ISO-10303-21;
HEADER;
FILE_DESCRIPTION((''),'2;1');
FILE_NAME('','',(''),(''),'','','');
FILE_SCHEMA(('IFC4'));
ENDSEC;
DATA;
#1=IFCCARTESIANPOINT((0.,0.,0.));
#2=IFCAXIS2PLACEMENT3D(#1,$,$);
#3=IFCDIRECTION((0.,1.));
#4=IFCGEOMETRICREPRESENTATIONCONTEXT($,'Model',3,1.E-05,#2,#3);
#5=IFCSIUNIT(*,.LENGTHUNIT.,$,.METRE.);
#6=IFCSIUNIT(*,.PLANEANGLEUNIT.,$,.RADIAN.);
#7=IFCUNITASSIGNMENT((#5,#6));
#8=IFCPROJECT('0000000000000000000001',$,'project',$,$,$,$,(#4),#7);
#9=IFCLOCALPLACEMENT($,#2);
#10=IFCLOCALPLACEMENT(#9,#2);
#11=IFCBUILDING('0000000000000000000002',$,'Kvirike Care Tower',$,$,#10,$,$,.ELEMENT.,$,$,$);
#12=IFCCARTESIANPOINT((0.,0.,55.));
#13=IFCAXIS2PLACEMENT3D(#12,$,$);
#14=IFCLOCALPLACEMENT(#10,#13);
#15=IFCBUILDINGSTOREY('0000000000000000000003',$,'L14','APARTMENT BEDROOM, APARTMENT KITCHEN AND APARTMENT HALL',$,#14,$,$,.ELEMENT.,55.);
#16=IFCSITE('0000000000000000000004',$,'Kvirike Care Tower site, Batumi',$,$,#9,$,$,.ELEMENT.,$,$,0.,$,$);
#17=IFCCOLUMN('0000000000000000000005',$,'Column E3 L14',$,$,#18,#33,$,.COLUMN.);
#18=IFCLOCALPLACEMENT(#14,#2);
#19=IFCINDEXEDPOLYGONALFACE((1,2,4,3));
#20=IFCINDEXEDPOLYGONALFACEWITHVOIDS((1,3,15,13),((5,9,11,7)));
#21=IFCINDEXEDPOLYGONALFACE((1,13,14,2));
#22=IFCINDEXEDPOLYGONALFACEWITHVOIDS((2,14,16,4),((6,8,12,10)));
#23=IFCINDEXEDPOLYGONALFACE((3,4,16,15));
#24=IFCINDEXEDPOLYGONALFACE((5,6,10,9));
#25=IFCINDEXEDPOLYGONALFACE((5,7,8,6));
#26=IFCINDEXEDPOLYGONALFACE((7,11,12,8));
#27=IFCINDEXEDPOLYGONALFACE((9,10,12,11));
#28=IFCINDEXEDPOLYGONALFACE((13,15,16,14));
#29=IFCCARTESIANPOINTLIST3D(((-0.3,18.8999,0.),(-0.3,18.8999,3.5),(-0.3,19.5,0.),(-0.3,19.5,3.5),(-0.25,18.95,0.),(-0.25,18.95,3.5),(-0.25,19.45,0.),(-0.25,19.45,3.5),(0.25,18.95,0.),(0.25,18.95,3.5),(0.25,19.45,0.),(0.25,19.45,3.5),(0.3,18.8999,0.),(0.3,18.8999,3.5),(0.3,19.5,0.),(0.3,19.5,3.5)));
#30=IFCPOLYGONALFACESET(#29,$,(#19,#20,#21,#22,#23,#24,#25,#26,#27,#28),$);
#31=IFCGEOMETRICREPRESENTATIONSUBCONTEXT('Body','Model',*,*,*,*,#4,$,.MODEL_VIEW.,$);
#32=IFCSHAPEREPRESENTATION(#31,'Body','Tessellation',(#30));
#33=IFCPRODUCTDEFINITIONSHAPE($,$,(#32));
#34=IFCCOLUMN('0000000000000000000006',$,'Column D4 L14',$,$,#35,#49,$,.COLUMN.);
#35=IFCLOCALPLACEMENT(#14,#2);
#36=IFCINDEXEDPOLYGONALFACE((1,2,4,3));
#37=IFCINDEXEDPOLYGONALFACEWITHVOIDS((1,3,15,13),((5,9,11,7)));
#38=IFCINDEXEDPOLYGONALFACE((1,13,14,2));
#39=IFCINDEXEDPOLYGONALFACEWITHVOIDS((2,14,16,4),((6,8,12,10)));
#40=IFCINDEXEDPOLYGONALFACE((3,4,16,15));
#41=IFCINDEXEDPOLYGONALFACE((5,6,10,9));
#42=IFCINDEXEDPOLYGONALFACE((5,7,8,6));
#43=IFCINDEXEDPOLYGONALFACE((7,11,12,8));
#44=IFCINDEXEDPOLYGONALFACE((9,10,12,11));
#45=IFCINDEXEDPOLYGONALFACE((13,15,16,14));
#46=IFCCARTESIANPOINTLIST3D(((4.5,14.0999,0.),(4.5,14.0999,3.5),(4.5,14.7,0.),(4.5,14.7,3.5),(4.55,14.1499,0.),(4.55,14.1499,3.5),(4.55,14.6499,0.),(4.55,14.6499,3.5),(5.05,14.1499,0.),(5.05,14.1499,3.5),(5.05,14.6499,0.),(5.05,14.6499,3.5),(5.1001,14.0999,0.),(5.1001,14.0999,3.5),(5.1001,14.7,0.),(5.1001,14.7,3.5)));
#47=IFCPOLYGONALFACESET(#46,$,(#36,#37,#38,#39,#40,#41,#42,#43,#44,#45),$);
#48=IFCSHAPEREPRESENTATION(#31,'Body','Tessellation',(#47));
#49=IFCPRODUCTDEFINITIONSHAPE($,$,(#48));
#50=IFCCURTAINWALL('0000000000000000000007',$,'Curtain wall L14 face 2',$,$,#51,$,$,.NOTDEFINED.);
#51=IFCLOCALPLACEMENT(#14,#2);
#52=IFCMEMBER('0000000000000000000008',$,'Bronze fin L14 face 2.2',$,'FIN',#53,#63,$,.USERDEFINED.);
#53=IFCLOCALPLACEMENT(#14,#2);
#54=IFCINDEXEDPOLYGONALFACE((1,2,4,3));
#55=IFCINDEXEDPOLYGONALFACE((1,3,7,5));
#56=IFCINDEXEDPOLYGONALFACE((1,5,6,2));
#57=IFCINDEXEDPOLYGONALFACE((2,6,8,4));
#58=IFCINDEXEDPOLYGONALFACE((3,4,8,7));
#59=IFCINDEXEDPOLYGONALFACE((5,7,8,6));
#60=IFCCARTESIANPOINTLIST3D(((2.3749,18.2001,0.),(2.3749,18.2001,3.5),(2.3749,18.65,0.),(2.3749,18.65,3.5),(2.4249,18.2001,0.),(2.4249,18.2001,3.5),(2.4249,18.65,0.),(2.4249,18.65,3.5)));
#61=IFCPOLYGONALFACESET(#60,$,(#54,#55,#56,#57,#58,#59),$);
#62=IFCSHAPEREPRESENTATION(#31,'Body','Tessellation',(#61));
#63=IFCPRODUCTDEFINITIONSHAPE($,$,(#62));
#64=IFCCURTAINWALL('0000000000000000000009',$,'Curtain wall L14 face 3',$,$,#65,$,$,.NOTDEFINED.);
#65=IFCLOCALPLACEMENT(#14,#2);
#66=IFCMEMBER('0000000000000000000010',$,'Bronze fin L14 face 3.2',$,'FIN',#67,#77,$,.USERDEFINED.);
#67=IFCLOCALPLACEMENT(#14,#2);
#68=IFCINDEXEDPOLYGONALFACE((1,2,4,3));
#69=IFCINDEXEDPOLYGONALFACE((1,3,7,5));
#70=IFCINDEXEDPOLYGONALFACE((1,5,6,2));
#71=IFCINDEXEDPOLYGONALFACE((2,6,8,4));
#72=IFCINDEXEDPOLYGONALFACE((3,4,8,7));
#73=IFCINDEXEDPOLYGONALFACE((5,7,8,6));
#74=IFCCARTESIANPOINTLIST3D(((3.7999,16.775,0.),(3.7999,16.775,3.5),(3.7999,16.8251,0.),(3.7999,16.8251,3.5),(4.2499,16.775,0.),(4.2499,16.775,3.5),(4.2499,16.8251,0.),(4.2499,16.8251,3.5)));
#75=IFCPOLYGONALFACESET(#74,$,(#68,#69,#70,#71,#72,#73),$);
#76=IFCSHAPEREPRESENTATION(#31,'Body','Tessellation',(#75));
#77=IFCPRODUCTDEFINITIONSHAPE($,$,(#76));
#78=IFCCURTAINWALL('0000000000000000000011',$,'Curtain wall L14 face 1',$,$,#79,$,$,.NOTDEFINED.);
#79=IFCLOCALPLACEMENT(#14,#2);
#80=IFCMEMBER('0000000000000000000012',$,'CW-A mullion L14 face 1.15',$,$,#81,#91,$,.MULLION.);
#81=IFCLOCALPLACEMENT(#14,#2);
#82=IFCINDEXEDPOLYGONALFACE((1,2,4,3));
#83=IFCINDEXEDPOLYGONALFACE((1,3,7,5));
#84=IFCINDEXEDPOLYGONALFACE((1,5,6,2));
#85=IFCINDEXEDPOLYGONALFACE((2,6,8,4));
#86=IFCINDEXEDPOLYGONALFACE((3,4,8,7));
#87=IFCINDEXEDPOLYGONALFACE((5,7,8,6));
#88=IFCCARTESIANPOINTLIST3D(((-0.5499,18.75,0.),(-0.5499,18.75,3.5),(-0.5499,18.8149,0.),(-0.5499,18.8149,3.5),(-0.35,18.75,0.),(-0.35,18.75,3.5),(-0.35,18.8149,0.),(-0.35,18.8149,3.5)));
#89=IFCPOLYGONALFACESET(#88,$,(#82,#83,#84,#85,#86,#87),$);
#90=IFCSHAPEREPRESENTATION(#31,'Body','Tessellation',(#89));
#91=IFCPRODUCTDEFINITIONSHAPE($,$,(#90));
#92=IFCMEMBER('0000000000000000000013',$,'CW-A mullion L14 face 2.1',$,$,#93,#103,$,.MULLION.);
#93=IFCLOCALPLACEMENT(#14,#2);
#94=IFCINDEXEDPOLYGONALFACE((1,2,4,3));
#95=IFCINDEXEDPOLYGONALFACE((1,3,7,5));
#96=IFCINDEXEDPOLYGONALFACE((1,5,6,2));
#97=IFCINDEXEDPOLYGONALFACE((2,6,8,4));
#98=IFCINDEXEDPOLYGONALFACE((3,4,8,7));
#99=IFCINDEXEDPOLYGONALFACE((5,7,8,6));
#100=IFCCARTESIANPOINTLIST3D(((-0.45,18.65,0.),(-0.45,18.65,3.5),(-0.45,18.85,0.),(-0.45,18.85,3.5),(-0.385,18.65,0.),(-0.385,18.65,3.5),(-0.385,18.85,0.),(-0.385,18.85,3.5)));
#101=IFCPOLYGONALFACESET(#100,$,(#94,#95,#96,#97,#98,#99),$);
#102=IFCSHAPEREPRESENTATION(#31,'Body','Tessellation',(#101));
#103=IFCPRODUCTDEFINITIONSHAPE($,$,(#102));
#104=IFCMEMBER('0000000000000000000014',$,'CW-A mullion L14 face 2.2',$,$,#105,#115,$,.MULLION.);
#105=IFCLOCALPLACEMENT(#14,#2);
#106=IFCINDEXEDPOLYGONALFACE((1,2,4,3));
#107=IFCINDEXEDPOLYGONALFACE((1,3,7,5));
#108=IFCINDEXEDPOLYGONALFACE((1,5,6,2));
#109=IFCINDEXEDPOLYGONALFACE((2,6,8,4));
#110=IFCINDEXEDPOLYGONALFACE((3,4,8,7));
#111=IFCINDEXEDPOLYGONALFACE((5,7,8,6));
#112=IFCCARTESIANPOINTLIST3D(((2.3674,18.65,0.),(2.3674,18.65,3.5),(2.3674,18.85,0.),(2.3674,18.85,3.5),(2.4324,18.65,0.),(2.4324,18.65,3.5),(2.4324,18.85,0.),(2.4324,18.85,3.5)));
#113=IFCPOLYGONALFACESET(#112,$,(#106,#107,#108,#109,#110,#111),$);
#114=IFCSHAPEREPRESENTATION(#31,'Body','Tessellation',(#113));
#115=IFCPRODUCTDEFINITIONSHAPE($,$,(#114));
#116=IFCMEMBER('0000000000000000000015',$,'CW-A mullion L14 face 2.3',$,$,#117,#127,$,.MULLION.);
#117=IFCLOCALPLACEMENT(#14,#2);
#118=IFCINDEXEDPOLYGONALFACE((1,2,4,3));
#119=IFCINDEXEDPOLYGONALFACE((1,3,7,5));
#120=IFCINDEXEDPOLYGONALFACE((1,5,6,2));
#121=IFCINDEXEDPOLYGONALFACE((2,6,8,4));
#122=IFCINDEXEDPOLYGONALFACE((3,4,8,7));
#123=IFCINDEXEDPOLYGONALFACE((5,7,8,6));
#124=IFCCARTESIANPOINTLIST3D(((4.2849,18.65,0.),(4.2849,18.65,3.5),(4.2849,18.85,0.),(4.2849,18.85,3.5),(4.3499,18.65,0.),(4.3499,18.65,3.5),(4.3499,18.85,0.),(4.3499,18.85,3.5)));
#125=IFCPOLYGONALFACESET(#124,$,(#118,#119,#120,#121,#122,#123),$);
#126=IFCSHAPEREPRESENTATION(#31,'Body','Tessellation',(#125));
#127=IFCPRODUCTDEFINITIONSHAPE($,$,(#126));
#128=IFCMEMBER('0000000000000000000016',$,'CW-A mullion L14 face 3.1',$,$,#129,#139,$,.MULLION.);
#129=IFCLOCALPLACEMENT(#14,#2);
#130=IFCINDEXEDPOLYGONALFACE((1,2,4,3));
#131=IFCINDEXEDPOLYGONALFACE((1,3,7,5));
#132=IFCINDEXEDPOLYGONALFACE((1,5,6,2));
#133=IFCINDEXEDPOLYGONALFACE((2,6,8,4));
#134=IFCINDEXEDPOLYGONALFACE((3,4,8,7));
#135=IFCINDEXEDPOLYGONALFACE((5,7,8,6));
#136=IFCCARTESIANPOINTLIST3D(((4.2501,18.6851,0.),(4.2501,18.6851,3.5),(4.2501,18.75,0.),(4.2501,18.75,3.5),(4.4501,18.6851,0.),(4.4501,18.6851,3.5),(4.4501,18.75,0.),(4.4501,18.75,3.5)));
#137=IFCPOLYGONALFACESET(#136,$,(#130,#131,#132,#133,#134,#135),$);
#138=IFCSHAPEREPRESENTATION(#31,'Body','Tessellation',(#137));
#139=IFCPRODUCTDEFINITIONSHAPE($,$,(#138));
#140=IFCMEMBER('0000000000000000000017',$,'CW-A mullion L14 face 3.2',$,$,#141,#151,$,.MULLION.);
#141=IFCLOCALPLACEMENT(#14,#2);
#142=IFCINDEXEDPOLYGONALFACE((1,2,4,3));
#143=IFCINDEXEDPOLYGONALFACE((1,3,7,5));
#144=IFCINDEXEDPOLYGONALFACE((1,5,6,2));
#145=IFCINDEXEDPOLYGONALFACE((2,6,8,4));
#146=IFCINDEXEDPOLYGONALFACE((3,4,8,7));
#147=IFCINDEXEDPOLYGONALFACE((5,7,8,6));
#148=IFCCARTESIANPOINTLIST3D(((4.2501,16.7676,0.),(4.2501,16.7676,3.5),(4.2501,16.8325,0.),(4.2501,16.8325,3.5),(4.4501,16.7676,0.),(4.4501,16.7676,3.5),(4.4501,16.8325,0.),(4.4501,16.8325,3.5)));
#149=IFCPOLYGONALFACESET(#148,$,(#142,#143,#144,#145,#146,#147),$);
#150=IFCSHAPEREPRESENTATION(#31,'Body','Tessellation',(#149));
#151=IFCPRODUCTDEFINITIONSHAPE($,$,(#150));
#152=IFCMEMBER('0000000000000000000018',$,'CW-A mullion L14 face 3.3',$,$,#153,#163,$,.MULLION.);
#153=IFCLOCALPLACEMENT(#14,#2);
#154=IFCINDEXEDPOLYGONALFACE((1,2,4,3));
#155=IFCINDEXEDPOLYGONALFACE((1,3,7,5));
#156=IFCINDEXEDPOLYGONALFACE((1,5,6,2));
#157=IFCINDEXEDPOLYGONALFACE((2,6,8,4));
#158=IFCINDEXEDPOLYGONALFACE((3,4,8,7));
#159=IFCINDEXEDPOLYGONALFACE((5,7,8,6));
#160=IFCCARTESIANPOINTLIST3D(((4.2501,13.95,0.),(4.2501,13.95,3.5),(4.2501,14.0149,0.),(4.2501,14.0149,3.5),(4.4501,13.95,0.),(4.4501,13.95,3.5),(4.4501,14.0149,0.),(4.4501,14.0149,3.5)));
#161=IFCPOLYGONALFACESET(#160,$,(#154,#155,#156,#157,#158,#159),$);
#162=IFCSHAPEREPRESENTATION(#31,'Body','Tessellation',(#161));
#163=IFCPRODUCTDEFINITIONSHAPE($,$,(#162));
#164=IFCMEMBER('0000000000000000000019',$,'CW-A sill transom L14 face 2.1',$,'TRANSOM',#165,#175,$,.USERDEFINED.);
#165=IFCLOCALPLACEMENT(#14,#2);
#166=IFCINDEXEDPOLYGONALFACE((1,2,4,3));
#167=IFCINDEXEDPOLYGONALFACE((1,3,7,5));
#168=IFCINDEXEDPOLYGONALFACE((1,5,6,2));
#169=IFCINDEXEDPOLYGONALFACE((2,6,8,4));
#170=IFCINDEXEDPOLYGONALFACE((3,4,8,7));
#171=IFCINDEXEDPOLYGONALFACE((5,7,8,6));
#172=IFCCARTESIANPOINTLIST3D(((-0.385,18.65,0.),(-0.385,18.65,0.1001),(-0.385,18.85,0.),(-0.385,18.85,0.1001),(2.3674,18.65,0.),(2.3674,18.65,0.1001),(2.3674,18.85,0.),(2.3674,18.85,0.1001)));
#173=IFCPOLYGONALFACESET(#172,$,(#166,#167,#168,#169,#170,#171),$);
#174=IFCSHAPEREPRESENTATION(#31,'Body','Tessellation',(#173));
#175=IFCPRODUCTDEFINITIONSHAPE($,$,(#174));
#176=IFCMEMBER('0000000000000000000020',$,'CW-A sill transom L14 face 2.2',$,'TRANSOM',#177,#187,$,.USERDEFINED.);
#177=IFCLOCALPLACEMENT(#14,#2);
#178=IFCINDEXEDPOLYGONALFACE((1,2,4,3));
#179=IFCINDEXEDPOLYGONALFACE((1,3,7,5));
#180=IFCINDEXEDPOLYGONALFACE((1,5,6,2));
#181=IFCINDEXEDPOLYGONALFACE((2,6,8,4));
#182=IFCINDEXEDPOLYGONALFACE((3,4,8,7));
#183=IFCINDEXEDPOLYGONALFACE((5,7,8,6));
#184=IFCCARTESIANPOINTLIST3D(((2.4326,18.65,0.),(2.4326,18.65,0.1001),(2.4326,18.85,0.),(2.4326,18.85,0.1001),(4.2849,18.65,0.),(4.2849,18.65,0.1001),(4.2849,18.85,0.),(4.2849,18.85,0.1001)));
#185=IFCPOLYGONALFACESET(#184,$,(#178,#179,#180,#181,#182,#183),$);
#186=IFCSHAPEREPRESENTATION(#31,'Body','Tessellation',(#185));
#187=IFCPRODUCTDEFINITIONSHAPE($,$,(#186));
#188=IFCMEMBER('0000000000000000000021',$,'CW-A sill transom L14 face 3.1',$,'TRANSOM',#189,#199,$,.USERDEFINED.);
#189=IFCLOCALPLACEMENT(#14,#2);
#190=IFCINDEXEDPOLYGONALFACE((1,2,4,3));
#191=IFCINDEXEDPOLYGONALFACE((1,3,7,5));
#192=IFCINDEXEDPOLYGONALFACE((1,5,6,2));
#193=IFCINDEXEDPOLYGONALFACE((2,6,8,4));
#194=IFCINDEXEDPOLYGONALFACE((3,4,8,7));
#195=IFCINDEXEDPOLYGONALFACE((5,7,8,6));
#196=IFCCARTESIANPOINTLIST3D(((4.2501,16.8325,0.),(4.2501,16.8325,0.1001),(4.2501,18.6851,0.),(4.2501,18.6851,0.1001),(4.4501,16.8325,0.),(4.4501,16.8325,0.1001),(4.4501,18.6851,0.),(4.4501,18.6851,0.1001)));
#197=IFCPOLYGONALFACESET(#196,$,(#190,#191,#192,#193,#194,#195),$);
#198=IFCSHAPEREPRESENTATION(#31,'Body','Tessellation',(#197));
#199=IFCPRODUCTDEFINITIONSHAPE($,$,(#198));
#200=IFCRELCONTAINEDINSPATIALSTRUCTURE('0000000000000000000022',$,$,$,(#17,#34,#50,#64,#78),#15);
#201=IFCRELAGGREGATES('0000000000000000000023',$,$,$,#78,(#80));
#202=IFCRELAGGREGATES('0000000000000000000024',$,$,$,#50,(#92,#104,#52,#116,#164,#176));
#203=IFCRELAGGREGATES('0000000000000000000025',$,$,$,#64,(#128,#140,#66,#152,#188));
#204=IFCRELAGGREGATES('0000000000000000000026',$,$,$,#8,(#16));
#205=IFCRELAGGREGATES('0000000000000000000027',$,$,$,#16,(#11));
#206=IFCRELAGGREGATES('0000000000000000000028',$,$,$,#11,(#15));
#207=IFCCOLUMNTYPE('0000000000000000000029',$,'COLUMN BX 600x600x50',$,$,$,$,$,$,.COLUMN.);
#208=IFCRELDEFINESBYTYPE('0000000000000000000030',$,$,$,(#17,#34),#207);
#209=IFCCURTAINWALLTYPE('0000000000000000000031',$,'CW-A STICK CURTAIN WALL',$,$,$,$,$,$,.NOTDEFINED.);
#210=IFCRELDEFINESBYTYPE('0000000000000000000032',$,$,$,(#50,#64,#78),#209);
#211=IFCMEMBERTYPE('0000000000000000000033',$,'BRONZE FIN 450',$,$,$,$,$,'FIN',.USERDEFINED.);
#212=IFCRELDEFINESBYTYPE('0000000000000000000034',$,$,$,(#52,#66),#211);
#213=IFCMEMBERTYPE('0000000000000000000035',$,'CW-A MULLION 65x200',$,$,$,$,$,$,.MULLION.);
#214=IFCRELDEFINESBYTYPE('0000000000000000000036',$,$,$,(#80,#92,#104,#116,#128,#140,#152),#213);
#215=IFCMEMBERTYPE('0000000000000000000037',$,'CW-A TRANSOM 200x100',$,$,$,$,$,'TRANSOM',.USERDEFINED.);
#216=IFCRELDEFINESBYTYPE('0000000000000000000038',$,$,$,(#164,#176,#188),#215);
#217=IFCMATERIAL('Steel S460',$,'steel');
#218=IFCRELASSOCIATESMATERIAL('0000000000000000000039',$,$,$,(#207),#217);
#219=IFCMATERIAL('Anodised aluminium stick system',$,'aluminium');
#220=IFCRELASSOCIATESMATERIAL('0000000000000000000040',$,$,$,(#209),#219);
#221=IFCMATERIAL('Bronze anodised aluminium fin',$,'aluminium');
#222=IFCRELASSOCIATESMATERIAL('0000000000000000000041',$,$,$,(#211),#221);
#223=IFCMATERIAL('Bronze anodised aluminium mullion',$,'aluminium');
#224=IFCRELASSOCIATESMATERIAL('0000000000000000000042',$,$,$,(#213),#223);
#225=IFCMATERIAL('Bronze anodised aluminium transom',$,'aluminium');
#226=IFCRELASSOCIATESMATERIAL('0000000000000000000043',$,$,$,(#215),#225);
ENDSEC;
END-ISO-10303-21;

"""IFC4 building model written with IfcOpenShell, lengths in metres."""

from ifc_helpers import new_model, si_unit, direction, frame, origin, origin_2d, place, context, subcontext, project, spatial, rectangle, hollow_rectangle, extrude, material, material_profile, profile_set, type_object, element, aggregate, save


model = new_model("IFC4")

# Units and contexts
model_context = context("Model", 3, precision=1e-05, world=origin(), true_north=direction((0.0, 1.0)))
body_context = subcontext(model_context, "Body", "Model", "MODEL_VIEW")
ifc_project = project(units=[si_unit("LENGTHUNIT", "METRE"), si_unit("PLANEANGLEUNIT", "RADIAN")], contexts=[model_context])

# Site, building, storey
site_placement = place(None, origin())
site = spatial("IfcSite", under=ifc_project, at=site_placement, Name="Kvirike Care Tower site, Batumi", CompositionType="ELEMENT", RefElevation=0.0)
building_placement = place(site_placement, origin())
building = spatial("IfcBuilding", under=site, at=building_placement, Name="Kvirike Care Tower", CompositionType="ELEMENT")
storey_placement = place(building_placement, frame((0.0, 0.0, 55.0)))
storey = spatial("IfcBuildingStorey", under=building, at=storey_placement, Name="L14", Description="APARTMENT BEDROOM, APARTMENT KITCHEN AND APARTMENT HALL", CompositionType="ELEMENT", Elevation=55.0)

# Columns
ifc_material_1 = material(Name="Steel S460", Category="steel")
ifc_material_profile_1 = material_profile(ifc_material_1, hollow_rectangle(XDim=0.6001, YDim=0.6001, WallThickness=0.05, at=origin_2d()), Name="BX 600x600x50")
ifc_profile_set_1 = profile_set([ifc_material_profile_1], Name="Steel S460")
column_type = type_object("IfcColumnType", Name="COLUMN BX 600x600x50", PredefinedType="COLUMN", material=ifc_profile_set_1)
for number, where, z_axis, x_axis, name in (
    (1, (0.0, 19.2, 0.0), (0.0, 0.0, 1.0), (0.0, 1.0, 0.0), "Column E3 L14"),
    (2, (4.8, 14.3999, 0.0), (0.0, 0.0, 1.0), (0.0, 1.0, 0.0), "Column D4 L14"),
):
    element("IfcColumn", number, at=place(storey_placement, frame(where, z_axis=z_axis, x_axis=x_axis)), inside=storey, type_object=column_type, Name=name, PredefinedType="COLUMN", context=body_context, shape_type="SweptSolid", body=[
        extrude(hollow_rectangle(XDim=0.6001, YDim=0.6001, WallThickness=0.05, at=origin_2d()), origin(), (0.0, 0.0, 1.0), 3.5),
    ])

# Curtain walls, members
ifc_material_2 = material(Name="Anodised aluminium stick system", Category="aluminium")
curtain_wall_type = type_object("IfcCurtainWallType", Name="CW-A STICK CURTAIN WALL", PredefinedType="NOTDEFINED", material=ifc_material_2)
curtain_wall_1_placement = place(storey_placement, origin())
curtain_wall_1 = element("IfcCurtainWall", 3, at=curtain_wall_1_placement, inside=storey, type_object=curtain_wall_type, Name="Curtain wall L14 face 2", PredefinedType="NOTDEFINED")
ifc_material_3 = material(Name="Bronze anodised aluminium fin", Category="aluminium")
ifc_material_profile_2 = material_profile(ifc_material_3, rectangle(XDim=0.05, YDim=0.45, at=origin_2d()), Name="BRONZE FIN 450")
ifc_profile_set_2 = profile_set([ifc_material_profile_2], Name="Bronze anodised aluminium fin")
member_type_1 = type_object("IfcMemberType", Name="BRONZE FIN 450", ElementType="FIN", PredefinedType="USERDEFINED", material=ifc_profile_set_2)
member_1_placement = place(storey_placement, frame((2.3999, 18.425, 0.0), z_axis=(0.0, 0.0, 1.0), x_axis=(1.0, 0.0, 0.0)))
member_1 = element("IfcMember", 4, at=member_1_placement, type_object=member_type_1, Name="Bronze fin L14 face 2.2", ObjectType="FIN", PredefinedType="USERDEFINED", context=body_context, shape_type="SweptSolid", body=[
    extrude(rectangle(XDim=0.05, YDim=0.45, at=origin_2d()), origin(), (0.0, 0.0, 1.0), 3.5),
])
curtain_wall_2_placement = place(storey_placement, origin())
curtain_wall_2 = element("IfcCurtainWall", 5, at=curtain_wall_2_placement, inside=storey, type_object=curtain_wall_type, Name="Curtain wall L14 face 3", PredefinedType="NOTDEFINED")
member_2_placement = place(storey_placement, frame((4.0249, 16.8, 0.0), z_axis=(0.0, 0.0, 1.0), x_axis=(0.0, -1.0, 0.0)))
member_2 = element("IfcMember", 6, at=member_2_placement, type_object=member_type_1, Name="Bronze fin L14 face 3.2", ObjectType="FIN", PredefinedType="USERDEFINED", context=body_context, shape_type="SweptSolid", body=[
    extrude(rectangle(XDim=0.05, YDim=0.45, at=origin_2d()), origin(), (0.0, 0.0, 1.0), 3.5),
])
curtain_wall_3_placement = place(storey_placement, origin())
curtain_wall_3 = element("IfcCurtainWall", 7, at=curtain_wall_3_placement, inside=storey, type_object=curtain_wall_type, Name="Curtain wall L14 face 1", PredefinedType="NOTDEFINED")
ifc_material_4 = material(Name="Bronze anodised aluminium mullion", Category="aluminium")
ifc_material_profile_3 = material_profile(ifc_material_4, rectangle(XDim=0.0649, YDim=0.2, at=origin_2d()), Name="CW-A MULLION 65x200")
ifc_profile_set_3 = profile_set([ifc_material_profile_3], Name="Bronze anodised aluminium mullion")
member_type_2 = type_object("IfcMemberType", Name="CW-A MULLION 65x200", PredefinedType="MULLION", material=ifc_profile_set_3)
member_3_placement = place(storey_placement, frame((-0.45, 18.7825, 0.0), z_axis=(0.0, 0.0, 1.0), x_axis=(0.0, -1.0, 0.0)))
member_3 = element("IfcMember", 8, at=member_3_placement, type_object=member_type_2, Name="CW-A mullion L14 face 1.15", PredefinedType="MULLION", context=body_context, shape_type="SweptSolid", body=[
    extrude(rectangle(XDim=0.0649, YDim=0.2, at=origin_2d()), origin(), (0.0, 0.0, 1.0), 3.5),
])
aggregate(curtain_wall_3, [member_3])

# Members
member_4_placement = place(storey_placement, frame((-0.4175, 18.75, 0.0), z_axis=(0.0, 0.0, 1.0), x_axis=(1.0, 0.0, 0.0)))
member_4 = element("IfcMember", 9, at=member_4_placement, type_object=member_type_2, Name="CW-A mullion L14 face 2.1", PredefinedType="MULLION", context=body_context, shape_type="SweptSolid", body=[
    extrude(rectangle(XDim=0.0649, YDim=0.2, at=origin_2d()), origin(), (0.0, 0.0, 1.0), 3.5),
])
member_5_placement = place(storey_placement, frame((2.3999, 18.75, 0.0), z_axis=(0.0, 0.0, 1.0), x_axis=(1.0, 0.0, 0.0)))
member_5 = element("IfcMember", 10, at=member_5_placement, type_object=member_type_2, Name="CW-A mullion L14 face 2.2", PredefinedType="MULLION", context=body_context, shape_type="SweptSolid", body=[
    extrude(rectangle(XDim=0.0649, YDim=0.2, at=origin_2d()), origin(), (0.0, 0.0, 1.0), 3.5),
])
member_6_placement = place(storey_placement, frame((4.3174, 18.75, 0.0), z_axis=(0.0, 0.0, 1.0), x_axis=(1.0, 0.0, 0.0)))
member_6 = element("IfcMember", 11, at=member_6_placement, type_object=member_type_2, Name="CW-A mullion L14 face 2.3", PredefinedType="MULLION", context=body_context, shape_type="SweptSolid", body=[
    extrude(rectangle(XDim=0.0649, YDim=0.2, at=origin_2d()), origin(), (0.0, 0.0, 1.0), 3.5),
])
member_7_placement = place(storey_placement, frame((4.3501, 18.7175, 0.0), z_axis=(0.0, 0.0, 1.0), x_axis=(0.0, -1.0, 0.0)))
member_7 = element("IfcMember", 12, at=member_7_placement, type_object=member_type_2, Name="CW-A mullion L14 face 3.1", PredefinedType="MULLION", context=body_context, shape_type="SweptSolid", body=[
    extrude(rectangle(XDim=0.0649, YDim=0.2, at=origin_2d()), origin(), (0.0, 0.0, 1.0), 3.5),
])
member_8_placement = place(storey_placement, frame((4.3501, 16.8, 0.0), z_axis=(0.0, 0.0, 1.0), x_axis=(0.0, -1.0, 0.0)))
member_8 = element("IfcMember", 13, at=member_8_placement, type_object=member_type_2, Name="CW-A mullion L14 face 3.2", PredefinedType="MULLION", context=body_context, shape_type="SweptSolid", body=[
    extrude(rectangle(XDim=0.0649, YDim=0.2, at=origin_2d()), origin(), (0.0, 0.0, 1.0), 3.5),
])
member_9_placement = place(storey_placement, frame((4.3501, 13.9824, 0.0), z_axis=(0.0, 0.0, 1.0), x_axis=(0.0, -1.0, 0.0)))
member_9 = element("IfcMember", 14, at=member_9_placement, type_object=member_type_2, Name="CW-A mullion L14 face 3.3", PredefinedType="MULLION", context=body_context, shape_type="SweptSolid", body=[
    extrude(rectangle(XDim=0.0649, YDim=0.2, at=origin_2d()), origin(), (0.0, 0.0, 1.0), 3.5),
])
ifc_material_5 = material(Name="Bronze anodised aluminium transom", Category="aluminium")
ifc_material_profile_4 = material_profile(ifc_material_5, rectangle(XDim=0.2, YDim=0.1001, at=origin_2d()), Name="CW-A TRANSOM 200x100")
ifc_profile_set_4 = profile_set([ifc_material_profile_4], Name="Bronze anodised aluminium transom")
member_type_3 = type_object("IfcMemberType", Name="CW-A TRANSOM 200x100", ElementType="TRANSOM", PredefinedType="USERDEFINED", material=ifc_profile_set_4)
member_10_placement = place(storey_placement, frame((-0.385, 18.75, 0.05), z_axis=(1.0, 0.0, 0.0), x_axis=(0.0, 1.0, 0.0)))
member_10 = element("IfcMember", 15, at=member_10_placement, type_object=member_type_3, Name="CW-A sill transom L14 face 2.1", ObjectType="TRANSOM", PredefinedType="USERDEFINED", context=body_context, shape_type="SweptSolid", body=[
    extrude(rectangle(XDim=0.2, YDim=0.1001, at=origin_2d()), origin(), (0.0, 0.0, 1.0), 2.7524),
])
member_11_placement = place(storey_placement, frame((2.4326, 18.75, 0.05), z_axis=(1.0, 0.0, 0.0), x_axis=(0.0, 1.0, 0.0)))
member_11 = element("IfcMember", 16, at=member_11_placement, type_object=member_type_3, Name="CW-A sill transom L14 face 2.2", ObjectType="TRANSOM", PredefinedType="USERDEFINED", context=body_context, shape_type="SweptSolid", body=[
    extrude(rectangle(XDim=0.2, YDim=0.1001, at=origin_2d()), origin(), (0.0, 0.0, 1.0), 1.8523),
])
member_12_placement = place(storey_placement, frame((4.3501, 18.6851, 0.05), z_axis=(0.0, -1.0, 0.0), x_axis=(1.0, 0.0, 0.0)))
member_12 = element("IfcMember", 17, at=member_12_placement, type_object=member_type_3, Name="CW-A sill transom L14 face 3.1", ObjectType="TRANSOM", PredefinedType="USERDEFINED", context=body_context, shape_type="SweptSolid", body=[
    extrude(rectangle(XDim=0.2, YDim=0.1001, at=origin_2d()), origin(), (0.0, 0.0, 1.0), 1.8525),
])

aggregate(curtain_wall_1, [member_4, member_5, member_1, member_6, member_10, member_11])
aggregate(curtain_wall_2, [member_7, member_8, member_2, member_9, member_12])

save(model, "model.ifc")
